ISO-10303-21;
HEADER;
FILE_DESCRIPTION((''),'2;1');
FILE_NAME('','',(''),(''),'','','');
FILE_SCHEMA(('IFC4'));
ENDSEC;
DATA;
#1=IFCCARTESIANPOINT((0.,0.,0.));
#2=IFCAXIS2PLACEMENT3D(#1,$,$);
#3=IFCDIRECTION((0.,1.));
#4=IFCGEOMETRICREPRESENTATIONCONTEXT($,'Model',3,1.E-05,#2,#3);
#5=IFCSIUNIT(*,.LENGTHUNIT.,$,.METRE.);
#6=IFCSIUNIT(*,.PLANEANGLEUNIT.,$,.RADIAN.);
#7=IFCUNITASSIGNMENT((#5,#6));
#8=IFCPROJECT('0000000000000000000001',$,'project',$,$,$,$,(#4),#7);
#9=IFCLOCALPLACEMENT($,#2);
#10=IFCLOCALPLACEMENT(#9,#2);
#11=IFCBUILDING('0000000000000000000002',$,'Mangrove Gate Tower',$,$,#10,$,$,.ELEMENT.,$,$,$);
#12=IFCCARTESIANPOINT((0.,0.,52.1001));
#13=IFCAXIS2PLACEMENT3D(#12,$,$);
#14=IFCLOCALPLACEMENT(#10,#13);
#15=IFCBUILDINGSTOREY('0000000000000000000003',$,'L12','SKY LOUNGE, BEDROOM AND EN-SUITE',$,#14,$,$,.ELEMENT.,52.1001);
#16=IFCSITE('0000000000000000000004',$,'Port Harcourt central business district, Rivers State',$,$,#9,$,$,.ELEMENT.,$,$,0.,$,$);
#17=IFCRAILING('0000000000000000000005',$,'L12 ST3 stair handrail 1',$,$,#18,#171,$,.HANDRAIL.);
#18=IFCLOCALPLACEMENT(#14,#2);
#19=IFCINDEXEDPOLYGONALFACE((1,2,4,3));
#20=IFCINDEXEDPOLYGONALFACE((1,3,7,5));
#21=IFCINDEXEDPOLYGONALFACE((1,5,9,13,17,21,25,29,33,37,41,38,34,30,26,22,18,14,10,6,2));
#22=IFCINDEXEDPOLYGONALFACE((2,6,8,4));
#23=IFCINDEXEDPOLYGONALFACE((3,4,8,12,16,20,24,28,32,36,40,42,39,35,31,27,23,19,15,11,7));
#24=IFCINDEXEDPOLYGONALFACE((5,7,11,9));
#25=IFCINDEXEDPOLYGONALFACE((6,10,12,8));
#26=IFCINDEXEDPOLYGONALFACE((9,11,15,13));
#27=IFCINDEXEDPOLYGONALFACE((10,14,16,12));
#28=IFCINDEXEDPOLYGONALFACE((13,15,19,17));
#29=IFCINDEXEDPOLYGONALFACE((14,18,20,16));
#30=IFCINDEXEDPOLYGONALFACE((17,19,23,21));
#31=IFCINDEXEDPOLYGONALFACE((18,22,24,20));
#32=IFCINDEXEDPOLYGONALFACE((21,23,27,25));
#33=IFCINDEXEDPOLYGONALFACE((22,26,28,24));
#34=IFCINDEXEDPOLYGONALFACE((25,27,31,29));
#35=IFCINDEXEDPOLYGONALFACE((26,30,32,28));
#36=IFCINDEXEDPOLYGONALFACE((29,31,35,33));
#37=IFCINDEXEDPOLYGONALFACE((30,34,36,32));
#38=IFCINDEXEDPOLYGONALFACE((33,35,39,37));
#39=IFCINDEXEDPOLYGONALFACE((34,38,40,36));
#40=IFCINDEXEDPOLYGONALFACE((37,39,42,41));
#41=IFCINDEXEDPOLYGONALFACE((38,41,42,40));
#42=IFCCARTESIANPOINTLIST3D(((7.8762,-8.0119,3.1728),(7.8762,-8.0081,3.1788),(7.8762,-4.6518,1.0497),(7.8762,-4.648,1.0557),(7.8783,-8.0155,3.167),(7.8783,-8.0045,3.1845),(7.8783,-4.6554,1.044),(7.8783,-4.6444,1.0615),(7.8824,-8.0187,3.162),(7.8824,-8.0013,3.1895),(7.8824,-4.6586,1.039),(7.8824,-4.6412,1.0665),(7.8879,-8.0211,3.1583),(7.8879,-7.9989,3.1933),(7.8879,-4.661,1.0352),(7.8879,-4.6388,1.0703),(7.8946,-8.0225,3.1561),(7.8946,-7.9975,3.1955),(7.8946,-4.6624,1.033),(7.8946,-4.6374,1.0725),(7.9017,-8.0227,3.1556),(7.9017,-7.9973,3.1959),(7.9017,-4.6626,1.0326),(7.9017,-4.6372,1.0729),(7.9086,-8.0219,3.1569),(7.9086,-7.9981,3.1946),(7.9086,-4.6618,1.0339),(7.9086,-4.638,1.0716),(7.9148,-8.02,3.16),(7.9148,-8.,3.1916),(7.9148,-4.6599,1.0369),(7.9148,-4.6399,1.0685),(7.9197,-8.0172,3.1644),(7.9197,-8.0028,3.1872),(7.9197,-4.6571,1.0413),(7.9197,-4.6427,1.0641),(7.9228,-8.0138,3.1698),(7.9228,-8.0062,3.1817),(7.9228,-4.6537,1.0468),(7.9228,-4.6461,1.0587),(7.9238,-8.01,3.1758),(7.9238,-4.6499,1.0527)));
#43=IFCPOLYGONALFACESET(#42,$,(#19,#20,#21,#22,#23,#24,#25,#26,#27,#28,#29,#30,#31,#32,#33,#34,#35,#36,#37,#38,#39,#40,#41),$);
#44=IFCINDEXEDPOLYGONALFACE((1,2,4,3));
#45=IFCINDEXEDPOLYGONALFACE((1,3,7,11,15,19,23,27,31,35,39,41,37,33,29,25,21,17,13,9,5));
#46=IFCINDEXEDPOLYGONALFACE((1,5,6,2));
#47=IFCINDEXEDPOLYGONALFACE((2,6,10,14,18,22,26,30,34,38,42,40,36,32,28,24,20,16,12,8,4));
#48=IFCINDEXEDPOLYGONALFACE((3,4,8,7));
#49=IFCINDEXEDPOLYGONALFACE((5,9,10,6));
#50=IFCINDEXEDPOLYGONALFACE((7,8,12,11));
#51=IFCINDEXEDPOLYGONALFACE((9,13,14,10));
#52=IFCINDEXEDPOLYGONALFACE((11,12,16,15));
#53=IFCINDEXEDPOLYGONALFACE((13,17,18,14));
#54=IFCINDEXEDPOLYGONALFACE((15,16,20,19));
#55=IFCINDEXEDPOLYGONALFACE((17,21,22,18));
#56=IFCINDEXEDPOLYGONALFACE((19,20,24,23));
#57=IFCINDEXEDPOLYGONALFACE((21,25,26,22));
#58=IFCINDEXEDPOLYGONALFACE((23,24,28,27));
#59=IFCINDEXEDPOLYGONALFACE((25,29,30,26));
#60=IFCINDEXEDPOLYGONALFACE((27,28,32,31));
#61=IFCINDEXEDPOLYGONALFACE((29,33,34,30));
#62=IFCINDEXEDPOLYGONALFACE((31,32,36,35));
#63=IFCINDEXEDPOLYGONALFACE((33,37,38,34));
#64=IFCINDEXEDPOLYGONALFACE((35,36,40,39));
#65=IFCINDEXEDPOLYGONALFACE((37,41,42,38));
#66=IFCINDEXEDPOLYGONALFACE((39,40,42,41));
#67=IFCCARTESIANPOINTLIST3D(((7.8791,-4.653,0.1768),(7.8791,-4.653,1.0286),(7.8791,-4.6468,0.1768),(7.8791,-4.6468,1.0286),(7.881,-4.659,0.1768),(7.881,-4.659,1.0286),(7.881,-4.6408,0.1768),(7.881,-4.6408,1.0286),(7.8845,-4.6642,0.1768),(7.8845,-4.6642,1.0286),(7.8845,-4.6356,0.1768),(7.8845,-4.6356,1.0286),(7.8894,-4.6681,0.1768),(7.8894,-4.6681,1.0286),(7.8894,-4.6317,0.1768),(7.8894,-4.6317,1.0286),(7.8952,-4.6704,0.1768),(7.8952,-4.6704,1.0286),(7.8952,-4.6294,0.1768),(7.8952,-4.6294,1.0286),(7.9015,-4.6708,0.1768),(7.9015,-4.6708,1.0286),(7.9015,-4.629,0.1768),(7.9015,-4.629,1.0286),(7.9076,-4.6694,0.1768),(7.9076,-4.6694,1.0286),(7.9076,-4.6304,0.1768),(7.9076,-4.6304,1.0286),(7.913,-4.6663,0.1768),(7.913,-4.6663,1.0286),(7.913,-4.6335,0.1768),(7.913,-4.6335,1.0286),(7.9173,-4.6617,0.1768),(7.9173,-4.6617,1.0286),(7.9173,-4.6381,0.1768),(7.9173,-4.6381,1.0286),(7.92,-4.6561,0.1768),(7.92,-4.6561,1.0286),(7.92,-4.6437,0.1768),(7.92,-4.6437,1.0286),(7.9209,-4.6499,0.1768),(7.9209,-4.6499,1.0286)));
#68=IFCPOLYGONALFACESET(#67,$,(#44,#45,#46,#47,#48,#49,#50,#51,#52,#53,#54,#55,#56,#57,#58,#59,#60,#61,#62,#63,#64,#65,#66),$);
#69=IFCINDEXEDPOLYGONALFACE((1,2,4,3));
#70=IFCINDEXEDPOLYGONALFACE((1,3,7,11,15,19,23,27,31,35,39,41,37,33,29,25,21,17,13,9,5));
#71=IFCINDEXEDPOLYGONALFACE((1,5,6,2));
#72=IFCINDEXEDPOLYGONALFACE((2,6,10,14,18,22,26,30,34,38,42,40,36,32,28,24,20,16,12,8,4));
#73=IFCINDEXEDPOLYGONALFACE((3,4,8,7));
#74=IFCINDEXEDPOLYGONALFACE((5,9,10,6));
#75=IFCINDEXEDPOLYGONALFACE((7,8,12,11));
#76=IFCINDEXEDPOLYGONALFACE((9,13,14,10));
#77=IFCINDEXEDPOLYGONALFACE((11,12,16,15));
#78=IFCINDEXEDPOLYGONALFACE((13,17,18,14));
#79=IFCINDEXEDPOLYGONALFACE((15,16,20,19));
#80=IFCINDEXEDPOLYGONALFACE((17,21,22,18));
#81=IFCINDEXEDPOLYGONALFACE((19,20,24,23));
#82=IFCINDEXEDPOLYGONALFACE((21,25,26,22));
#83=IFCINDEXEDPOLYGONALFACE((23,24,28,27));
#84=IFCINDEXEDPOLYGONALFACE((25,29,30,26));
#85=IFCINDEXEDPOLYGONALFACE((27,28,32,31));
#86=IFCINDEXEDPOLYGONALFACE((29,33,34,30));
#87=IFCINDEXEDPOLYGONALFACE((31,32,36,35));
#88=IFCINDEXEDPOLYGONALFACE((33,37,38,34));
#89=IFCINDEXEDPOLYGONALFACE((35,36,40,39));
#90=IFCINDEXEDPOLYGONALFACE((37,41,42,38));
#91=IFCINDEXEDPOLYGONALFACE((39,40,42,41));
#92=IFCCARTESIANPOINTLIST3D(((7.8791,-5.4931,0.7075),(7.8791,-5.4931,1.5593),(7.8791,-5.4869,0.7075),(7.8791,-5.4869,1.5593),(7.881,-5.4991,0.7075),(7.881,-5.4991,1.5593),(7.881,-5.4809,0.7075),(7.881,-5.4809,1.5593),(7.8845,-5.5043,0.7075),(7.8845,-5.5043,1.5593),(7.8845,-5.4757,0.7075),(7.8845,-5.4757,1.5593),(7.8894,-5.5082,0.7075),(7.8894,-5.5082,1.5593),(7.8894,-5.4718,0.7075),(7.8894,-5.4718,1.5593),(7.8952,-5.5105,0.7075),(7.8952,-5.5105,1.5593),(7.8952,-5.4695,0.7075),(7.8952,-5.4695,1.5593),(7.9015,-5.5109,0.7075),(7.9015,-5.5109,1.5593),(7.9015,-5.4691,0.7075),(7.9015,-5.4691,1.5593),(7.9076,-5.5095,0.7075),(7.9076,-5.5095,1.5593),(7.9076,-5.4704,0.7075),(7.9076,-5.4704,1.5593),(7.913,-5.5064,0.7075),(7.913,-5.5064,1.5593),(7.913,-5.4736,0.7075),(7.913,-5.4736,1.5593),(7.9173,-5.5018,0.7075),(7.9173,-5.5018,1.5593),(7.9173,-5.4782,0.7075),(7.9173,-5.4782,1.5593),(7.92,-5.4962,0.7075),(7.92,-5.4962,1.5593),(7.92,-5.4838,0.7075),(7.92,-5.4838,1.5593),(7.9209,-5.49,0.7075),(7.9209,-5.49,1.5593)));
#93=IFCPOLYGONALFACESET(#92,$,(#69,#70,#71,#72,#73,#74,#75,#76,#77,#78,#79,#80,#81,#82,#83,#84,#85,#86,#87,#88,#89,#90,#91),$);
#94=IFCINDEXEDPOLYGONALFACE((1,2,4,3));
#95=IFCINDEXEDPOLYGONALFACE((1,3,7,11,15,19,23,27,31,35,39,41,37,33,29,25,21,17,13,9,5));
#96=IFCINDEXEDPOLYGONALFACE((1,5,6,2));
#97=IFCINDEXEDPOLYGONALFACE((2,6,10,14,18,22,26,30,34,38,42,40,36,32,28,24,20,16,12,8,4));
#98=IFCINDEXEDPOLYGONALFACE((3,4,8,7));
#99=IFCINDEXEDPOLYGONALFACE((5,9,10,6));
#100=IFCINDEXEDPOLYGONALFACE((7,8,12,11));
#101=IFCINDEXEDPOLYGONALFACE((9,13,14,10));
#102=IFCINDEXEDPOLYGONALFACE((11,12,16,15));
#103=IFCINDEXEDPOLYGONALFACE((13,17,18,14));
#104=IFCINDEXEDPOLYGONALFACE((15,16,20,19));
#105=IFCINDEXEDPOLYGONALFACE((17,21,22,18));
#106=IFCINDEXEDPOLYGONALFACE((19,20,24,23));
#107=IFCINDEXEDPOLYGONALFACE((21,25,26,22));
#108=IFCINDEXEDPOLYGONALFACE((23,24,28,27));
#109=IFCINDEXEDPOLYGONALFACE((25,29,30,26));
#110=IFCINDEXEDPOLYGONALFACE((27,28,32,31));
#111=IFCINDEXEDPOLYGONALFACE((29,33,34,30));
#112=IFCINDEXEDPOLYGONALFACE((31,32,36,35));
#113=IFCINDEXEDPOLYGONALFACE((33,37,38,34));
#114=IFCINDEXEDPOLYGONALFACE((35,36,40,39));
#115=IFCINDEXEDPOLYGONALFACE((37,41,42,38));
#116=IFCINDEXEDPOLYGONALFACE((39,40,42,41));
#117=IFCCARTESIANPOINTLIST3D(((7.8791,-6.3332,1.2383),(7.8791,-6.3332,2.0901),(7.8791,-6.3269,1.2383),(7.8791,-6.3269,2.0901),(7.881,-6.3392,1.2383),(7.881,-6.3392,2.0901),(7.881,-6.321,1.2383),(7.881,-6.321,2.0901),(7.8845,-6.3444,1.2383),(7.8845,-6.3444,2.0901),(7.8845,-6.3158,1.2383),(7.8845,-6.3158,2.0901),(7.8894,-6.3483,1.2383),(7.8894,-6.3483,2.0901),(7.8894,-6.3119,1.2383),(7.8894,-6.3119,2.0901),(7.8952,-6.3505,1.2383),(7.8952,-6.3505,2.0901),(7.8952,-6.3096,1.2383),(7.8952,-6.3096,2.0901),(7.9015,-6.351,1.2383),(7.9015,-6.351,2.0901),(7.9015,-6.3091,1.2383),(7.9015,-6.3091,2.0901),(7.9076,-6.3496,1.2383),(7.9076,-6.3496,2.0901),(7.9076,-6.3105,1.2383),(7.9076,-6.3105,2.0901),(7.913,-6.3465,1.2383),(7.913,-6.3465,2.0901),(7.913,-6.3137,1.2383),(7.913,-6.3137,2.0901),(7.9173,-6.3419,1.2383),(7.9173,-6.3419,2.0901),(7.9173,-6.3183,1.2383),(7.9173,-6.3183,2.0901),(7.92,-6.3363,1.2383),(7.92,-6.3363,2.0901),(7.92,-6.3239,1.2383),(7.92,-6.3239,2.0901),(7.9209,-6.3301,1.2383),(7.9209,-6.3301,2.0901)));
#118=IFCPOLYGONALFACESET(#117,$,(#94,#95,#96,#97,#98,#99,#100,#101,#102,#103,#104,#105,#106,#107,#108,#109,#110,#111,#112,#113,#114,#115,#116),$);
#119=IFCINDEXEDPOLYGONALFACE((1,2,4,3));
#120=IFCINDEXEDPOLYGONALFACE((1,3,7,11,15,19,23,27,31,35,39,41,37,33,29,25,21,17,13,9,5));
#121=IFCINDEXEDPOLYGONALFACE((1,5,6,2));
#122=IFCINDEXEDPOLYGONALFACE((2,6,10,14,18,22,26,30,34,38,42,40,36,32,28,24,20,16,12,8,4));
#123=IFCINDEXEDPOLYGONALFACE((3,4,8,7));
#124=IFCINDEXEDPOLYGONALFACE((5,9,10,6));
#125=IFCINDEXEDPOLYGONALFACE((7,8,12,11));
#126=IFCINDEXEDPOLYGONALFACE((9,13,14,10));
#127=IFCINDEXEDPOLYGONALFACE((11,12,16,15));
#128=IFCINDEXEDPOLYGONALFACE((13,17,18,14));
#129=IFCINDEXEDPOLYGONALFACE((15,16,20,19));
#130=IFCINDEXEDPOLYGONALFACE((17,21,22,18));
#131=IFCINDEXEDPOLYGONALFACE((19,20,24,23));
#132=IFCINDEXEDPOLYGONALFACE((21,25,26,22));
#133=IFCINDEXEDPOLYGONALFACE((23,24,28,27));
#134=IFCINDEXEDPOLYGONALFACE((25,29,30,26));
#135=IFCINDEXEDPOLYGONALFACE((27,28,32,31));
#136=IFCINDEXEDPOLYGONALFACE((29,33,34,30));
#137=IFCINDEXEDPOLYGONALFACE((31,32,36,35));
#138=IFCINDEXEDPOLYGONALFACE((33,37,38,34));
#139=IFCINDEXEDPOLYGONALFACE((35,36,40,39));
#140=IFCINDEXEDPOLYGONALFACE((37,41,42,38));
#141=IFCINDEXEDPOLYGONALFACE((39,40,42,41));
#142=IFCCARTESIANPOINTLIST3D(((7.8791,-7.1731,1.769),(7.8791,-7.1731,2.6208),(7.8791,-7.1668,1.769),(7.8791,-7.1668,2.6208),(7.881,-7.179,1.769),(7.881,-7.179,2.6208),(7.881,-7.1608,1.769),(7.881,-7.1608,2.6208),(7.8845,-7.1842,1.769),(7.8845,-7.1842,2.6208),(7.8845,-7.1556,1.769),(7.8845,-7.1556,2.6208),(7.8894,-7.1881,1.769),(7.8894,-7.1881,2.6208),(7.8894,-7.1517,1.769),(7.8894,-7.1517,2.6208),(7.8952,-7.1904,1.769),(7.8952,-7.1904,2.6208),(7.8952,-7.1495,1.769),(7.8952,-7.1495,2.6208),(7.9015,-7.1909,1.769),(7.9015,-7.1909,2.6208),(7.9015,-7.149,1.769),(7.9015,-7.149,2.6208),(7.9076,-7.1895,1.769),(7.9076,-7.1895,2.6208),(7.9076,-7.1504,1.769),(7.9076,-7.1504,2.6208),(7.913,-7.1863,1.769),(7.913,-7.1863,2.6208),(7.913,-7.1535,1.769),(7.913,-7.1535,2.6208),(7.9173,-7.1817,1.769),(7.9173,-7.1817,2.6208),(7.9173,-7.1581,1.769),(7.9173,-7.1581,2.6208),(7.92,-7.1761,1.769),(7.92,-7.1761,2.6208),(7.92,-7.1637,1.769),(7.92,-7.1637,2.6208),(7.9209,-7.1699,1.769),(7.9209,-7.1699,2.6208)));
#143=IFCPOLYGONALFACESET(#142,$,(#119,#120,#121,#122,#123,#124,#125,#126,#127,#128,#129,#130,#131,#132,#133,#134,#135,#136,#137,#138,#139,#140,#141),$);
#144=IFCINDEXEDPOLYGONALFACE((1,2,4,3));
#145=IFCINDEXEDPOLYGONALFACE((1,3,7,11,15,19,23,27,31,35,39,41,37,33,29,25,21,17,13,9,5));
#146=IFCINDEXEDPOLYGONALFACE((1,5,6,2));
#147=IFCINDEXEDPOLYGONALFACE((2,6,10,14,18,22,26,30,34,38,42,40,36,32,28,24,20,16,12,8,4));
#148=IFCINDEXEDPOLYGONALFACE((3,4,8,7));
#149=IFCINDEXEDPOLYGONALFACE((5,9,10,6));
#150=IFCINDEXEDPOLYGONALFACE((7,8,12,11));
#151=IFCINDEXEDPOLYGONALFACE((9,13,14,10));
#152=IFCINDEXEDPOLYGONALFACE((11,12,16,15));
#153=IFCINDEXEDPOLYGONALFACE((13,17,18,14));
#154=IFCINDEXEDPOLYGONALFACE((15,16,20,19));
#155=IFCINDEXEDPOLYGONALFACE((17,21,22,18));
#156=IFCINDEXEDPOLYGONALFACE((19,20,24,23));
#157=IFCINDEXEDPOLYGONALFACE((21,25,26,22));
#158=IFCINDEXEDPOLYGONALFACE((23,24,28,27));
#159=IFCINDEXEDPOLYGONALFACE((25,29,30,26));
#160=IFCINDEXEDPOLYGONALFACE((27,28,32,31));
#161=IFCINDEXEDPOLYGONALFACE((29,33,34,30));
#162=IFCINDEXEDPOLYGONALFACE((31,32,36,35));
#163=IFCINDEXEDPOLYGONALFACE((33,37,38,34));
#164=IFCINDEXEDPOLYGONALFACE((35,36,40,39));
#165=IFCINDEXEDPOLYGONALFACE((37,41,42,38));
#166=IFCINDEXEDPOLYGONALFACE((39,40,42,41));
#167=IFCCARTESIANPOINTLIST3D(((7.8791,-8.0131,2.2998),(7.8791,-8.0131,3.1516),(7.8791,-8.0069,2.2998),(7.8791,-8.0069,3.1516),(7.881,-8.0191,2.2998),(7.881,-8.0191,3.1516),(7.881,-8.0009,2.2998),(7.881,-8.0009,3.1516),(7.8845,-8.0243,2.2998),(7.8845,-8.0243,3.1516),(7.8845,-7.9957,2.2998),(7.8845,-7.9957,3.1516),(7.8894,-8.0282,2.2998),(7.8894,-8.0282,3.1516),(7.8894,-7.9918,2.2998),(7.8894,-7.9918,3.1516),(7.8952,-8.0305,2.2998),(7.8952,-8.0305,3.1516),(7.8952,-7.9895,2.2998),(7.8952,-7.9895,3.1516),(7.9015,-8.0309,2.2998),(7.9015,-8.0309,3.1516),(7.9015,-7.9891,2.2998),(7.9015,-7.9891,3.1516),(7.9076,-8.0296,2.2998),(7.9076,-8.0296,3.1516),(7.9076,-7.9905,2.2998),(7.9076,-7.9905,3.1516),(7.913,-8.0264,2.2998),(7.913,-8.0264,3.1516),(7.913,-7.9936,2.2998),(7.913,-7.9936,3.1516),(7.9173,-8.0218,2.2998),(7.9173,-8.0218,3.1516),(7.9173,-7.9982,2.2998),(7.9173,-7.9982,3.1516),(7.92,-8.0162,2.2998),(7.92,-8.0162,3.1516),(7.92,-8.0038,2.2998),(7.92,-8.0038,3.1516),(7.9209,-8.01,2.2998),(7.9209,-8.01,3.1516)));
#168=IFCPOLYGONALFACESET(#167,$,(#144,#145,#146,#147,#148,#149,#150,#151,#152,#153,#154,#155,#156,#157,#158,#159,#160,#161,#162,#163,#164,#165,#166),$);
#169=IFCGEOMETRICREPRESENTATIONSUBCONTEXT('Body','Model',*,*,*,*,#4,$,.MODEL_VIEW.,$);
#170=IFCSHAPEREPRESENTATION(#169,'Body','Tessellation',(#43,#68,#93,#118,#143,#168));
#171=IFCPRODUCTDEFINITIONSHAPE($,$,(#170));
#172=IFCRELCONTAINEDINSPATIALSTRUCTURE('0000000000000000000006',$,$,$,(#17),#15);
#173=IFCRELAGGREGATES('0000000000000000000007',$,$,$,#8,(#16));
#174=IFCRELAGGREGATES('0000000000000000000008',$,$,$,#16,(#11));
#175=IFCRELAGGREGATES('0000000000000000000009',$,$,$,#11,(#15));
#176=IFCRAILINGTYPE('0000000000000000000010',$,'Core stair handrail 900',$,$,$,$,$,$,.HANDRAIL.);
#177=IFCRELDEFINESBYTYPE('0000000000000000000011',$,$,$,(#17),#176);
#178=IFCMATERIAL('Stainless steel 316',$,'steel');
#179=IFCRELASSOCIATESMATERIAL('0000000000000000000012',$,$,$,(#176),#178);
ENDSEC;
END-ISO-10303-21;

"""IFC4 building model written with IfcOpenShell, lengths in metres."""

from ifc_helpers import new_model, si_unit, direction, frame, origin, origin_2d, place, context, subcontext, project, spatial, circle, extrude, material, type_object, element, save


model = new_model("IFC4")

# Units and contexts
model_context = context("Model", 3, precision=1e-05, world=origin(), true_north=direction((0.0, 1.0)))
body_context = subcontext(model_context, "Body", "Model", "MODEL_VIEW")
ifc_project = project(units=[si_unit("LENGTHUNIT", "METRE"), si_unit("PLANEANGLEUNIT", "RADIAN")], contexts=[model_context])

# Site, building, storey
site_placement = place(None, origin())
site = spatial("IfcSite", under=ifc_project, at=site_placement, Name="Port Harcourt central business district, Rivers State", CompositionType="ELEMENT", RefElevation=0.0)
building_placement = place(site_placement, origin())
building = spatial("IfcBuilding", under=site, at=building_placement, Name="Mangrove Gate Tower", CompositionType="ELEMENT")
storey_placement = place(building_placement, frame((0.0, 0.0, 52.1001)))
storey = spatial("IfcBuildingStorey", under=building, at=storey_placement, Name="L12", Description="SKY LOUNGE, BEDROOM AND EN-SUITE", CompositionType="ELEMENT", Elevation=52.1001)

# Railing
ifc_material_1 = material(Name="Stainless steel 316", Category="steel")
railing_type_1 = type_object("IfcRailingType", Name="Core stair handrail 900", PredefinedType="HANDRAIL", material=ifc_material_1)
railing_1_placement = place(storey_placement, frame((7.8999, -4.6499, 0.1768)))
element("IfcRailing", 1, at=railing_1_placement, inside=storey, type_object=railing_type_1, Name="L12 ST3 stair handrail 1", PredefinedType="HANDRAIL", context=body_context, shape_type="SweptSolid", body=[
    extrude(circle(Radius=0.0239, at=origin_2d()), frame((0.0, 0.0, 0.876), z_axis=(0.0, -0.84539, 0.53415), x_axis=(1.0, 0.0, 0.0)), (0.0, 0.0, 1.0), 3.9746),
    extrude(circle(Radius=0.021, at=origin_2d()), origin(), (0.0, 0.0, 1.0), 0.8518),
    extrude(circle(Radius=0.021, at=origin_2d()), frame((0.0, -0.8401, 0.5308)), (0.0, 0.0, 1.0), 0.8518),
    extrude(circle(Radius=0.021, at=origin_2d()), frame((0.0, -1.6802, 1.0615)), (0.0, 0.0, 1.0), 0.8518),
    extrude(circle(Radius=0.021, at=origin_2d()), frame((0.0, -2.52, 1.5923)), (0.0, 0.0, 1.0), 0.8518),
    extrude(circle(Radius=0.021, at=origin_2d()), frame((0.0, -3.3601, 2.123)), (0.0, 0.0, 1.0), 0.8518),
])

save(model, "model.ifc")
